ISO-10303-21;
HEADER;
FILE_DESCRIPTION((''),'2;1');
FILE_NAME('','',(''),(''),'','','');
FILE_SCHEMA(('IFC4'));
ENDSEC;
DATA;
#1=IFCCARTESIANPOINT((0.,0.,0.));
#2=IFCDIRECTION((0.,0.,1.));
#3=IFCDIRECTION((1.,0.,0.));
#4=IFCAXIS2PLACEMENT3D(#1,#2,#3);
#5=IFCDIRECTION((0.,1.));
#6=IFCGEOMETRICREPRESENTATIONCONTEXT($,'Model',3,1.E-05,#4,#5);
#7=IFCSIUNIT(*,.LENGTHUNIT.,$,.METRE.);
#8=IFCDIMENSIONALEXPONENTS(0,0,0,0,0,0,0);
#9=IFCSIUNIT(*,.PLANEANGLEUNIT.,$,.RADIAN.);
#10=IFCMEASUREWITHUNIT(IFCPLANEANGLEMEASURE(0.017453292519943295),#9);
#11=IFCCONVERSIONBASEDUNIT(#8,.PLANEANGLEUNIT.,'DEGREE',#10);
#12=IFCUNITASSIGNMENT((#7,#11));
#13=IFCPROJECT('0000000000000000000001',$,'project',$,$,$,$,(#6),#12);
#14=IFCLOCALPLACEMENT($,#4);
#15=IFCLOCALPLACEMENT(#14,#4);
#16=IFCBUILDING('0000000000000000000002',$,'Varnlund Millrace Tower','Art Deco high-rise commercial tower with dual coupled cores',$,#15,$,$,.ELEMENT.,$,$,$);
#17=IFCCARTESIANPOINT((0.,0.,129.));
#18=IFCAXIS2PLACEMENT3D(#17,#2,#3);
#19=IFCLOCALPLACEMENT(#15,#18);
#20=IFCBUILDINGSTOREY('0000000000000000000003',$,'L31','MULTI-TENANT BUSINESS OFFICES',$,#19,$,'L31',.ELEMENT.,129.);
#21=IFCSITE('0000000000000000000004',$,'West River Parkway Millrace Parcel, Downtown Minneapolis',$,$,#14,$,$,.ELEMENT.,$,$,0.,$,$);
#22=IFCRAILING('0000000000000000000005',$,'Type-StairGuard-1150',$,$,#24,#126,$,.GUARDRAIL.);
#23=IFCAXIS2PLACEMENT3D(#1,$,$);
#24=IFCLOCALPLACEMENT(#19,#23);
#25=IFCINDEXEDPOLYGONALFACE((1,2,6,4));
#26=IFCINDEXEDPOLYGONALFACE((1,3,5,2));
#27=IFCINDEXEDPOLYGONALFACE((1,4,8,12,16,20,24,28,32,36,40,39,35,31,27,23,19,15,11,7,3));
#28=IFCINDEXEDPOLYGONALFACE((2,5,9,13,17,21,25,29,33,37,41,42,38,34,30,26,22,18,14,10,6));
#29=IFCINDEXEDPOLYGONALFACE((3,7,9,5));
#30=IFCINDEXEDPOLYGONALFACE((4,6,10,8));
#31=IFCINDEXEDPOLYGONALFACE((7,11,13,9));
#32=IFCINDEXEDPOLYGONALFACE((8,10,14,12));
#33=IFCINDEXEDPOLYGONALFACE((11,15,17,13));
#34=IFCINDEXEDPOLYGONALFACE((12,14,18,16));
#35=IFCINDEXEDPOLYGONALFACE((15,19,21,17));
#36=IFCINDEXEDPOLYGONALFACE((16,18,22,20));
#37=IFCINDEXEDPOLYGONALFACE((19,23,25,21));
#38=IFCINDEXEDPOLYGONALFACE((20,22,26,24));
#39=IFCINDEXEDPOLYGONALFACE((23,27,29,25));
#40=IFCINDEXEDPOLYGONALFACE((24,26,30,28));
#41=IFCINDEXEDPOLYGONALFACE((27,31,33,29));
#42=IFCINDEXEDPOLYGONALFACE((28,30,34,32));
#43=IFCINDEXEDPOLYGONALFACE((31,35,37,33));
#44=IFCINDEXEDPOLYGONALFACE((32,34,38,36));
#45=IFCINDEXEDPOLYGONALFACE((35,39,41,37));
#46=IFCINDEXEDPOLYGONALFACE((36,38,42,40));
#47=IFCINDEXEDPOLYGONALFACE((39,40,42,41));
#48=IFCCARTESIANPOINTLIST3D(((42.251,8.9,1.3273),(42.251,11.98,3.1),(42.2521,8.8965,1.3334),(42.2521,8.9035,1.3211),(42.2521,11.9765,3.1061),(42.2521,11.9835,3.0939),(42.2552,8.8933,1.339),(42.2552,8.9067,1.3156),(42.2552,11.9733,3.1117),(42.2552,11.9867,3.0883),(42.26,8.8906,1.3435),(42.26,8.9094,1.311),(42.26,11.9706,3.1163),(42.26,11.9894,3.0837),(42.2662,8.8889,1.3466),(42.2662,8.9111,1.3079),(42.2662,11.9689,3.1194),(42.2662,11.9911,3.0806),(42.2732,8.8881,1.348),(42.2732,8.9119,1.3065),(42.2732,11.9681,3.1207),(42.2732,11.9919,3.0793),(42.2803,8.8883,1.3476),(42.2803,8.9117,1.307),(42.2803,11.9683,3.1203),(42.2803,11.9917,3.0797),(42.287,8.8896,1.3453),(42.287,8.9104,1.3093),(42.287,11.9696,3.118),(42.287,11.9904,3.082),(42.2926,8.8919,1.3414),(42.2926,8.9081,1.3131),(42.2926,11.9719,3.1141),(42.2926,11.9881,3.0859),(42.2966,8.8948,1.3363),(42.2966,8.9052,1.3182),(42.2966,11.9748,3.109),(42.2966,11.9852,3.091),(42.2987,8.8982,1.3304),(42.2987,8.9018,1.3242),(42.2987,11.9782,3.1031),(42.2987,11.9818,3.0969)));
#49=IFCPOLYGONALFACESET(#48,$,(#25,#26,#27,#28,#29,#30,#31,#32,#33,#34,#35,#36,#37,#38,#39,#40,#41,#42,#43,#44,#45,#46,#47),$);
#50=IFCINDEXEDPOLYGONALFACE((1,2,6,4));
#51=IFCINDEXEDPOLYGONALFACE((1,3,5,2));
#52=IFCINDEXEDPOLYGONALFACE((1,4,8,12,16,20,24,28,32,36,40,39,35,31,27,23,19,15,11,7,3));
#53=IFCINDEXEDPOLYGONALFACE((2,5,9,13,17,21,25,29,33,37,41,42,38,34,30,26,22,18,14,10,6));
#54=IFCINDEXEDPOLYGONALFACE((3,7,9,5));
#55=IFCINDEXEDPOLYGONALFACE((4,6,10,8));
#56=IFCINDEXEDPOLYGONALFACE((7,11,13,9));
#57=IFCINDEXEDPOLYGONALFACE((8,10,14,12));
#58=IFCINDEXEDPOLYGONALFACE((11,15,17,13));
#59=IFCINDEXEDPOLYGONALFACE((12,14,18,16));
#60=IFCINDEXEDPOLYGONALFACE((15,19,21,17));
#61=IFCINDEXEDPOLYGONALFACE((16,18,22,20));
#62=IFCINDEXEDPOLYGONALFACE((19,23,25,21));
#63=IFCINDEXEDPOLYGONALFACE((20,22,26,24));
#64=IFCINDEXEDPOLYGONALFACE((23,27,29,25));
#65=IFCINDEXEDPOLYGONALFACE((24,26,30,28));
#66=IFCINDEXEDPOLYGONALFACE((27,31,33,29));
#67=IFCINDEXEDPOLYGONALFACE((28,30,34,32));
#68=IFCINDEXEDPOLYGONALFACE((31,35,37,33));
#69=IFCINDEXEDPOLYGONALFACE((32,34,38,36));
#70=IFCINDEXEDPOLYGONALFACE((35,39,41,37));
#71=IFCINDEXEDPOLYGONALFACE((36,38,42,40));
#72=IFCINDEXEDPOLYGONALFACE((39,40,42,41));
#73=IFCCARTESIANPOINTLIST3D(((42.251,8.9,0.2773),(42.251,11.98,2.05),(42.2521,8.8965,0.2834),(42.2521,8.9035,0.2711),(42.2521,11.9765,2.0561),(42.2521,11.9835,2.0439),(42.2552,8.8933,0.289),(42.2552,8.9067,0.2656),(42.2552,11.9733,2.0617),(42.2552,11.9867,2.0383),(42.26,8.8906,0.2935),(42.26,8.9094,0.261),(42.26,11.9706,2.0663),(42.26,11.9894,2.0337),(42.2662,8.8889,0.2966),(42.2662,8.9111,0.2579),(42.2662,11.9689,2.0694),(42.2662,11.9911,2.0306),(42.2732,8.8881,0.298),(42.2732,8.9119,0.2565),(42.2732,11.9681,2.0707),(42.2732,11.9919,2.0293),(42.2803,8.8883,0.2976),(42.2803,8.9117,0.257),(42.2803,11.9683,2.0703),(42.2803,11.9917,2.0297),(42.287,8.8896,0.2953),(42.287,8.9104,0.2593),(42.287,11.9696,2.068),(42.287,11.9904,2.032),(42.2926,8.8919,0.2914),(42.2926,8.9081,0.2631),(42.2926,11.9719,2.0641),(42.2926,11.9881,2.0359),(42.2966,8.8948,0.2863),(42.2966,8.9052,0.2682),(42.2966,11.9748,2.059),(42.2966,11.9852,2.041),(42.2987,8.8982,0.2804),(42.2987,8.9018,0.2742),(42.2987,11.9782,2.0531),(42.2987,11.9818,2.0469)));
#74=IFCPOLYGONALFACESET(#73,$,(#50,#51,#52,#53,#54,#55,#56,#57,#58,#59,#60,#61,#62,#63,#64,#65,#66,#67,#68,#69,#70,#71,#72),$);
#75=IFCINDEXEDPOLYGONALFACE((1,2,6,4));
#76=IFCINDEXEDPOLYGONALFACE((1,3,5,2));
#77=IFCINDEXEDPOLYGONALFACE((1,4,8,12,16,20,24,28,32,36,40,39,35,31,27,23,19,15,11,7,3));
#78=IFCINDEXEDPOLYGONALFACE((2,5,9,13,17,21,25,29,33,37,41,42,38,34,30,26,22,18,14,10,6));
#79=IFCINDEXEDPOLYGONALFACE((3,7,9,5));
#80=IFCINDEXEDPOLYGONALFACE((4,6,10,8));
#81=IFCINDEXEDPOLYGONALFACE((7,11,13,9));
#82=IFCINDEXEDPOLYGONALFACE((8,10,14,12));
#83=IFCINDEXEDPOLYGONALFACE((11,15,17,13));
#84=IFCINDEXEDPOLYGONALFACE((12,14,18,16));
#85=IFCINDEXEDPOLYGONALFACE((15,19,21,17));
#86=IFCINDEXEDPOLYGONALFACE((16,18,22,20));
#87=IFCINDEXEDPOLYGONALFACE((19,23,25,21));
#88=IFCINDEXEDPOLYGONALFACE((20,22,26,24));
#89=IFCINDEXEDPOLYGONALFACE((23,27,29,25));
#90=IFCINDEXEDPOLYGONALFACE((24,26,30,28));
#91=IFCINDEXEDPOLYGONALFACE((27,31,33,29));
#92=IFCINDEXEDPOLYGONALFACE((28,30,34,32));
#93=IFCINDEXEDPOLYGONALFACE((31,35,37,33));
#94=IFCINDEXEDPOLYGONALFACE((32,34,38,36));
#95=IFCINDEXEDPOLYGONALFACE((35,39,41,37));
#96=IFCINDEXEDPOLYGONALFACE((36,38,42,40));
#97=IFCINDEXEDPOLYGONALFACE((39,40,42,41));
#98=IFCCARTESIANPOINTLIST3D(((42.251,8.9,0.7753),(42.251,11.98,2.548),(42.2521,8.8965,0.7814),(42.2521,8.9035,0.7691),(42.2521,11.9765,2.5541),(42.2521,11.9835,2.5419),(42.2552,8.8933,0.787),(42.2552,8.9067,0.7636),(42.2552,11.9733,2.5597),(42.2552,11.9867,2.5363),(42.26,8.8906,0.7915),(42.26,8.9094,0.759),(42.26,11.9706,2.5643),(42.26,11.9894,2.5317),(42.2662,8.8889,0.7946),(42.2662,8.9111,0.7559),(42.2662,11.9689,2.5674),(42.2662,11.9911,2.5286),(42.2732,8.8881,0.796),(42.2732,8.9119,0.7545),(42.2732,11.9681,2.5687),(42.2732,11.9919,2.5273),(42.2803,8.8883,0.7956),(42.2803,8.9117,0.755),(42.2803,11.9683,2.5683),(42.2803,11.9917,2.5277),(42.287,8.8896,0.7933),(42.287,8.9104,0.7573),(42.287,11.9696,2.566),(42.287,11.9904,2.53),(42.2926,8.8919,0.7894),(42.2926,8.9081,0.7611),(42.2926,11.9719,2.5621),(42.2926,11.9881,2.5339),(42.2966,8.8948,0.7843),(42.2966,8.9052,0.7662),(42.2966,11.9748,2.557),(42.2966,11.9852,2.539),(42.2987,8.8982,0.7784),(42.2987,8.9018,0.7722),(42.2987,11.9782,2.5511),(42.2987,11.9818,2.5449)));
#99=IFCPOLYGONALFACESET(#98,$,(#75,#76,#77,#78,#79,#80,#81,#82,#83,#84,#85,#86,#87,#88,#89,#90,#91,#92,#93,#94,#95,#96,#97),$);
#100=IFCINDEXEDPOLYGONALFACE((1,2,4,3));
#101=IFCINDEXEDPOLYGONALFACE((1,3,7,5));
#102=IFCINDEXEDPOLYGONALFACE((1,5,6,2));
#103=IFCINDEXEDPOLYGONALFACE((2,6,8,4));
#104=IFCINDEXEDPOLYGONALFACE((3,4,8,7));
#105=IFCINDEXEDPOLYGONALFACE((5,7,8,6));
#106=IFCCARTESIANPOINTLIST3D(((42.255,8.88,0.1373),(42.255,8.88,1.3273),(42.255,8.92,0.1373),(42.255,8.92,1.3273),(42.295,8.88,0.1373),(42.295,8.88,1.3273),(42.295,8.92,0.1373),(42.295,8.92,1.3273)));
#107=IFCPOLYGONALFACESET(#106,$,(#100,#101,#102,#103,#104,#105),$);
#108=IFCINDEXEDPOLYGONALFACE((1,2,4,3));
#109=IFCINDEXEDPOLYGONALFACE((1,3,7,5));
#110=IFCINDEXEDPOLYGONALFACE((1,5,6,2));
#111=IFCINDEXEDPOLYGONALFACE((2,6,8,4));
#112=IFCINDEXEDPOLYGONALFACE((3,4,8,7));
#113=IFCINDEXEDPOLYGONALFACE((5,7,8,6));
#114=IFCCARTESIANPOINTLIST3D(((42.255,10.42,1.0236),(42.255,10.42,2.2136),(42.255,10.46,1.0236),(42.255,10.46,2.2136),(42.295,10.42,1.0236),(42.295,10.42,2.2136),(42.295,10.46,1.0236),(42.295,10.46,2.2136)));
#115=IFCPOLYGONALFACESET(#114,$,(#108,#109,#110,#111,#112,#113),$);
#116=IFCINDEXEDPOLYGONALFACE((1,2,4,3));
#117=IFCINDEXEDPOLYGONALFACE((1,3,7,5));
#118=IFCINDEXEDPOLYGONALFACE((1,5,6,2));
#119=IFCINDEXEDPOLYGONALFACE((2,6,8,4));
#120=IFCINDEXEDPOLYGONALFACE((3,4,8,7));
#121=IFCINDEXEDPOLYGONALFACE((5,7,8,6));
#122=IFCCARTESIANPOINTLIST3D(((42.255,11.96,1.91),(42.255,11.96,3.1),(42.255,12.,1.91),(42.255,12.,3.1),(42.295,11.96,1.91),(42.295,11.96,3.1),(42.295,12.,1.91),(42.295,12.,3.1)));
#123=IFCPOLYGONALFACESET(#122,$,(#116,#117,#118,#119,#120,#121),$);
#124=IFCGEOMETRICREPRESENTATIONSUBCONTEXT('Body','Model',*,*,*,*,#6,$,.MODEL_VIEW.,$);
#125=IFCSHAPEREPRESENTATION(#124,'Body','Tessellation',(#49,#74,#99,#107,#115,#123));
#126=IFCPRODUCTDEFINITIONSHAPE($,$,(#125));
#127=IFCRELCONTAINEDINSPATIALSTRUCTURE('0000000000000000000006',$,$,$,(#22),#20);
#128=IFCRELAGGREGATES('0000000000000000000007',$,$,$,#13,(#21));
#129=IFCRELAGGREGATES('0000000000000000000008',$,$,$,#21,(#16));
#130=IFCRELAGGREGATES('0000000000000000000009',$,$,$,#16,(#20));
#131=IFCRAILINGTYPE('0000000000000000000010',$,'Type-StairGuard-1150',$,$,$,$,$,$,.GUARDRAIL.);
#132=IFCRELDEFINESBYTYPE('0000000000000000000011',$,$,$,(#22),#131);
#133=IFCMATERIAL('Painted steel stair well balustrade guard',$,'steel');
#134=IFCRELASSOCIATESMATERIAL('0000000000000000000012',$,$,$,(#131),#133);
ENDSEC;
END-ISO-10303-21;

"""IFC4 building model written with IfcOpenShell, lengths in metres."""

from ifc_helpers import new_model, entity, si_unit, converted_unit, direction, frame, origin_with_axes, origin_2d_with_axis, place, context, subcontext, project, spatial, rectangle, circle, extrude, material, type_object, element, save


model = new_model("IFC4")

# Units and contexts
model_context = context("Model", 3, precision=1e-05, world=origin_with_axes(), true_north=direction((0.0, 1.0)))
body_context = subcontext(model_context, "Body", "Model", "MODEL_VIEW")
ifc_project = project(units=[si_unit("LENGTHUNIT", "METRE"), converted_unit("PLANEANGLEUNIT", "DEGREE", entity("IfcPlaneAngleMeasure", 0.017453292519943295), si_unit("PLANEANGLEUNIT", "RADIAN"), dimensions=[0, 0, 0, 0, 0, 0, 0])], contexts=[model_context])

# Site, building, storey
site_placement = place(None, origin_with_axes())
site = spatial("IfcSite", under=ifc_project, at=site_placement, Name="West River Parkway Millrace Parcel, Downtown Minneapolis", CompositionType="ELEMENT", RefElevation=0.0)
building_placement = place(site_placement, origin_with_axes())
building = spatial("IfcBuilding", under=site, at=building_placement, Name="Varnlund Millrace Tower", Description="Art Deco high-rise commercial tower with dual coupled cores", CompositionType="ELEMENT")
storey_placement = place(building_placement, frame((0.0, 0.0, 129.0), z_axis=(0.0, 0.0, 1.0), x_axis=(1.0, 0.0, 0.0)))
storey = spatial("IfcBuildingStorey", under=building, at=storey_placement, Name="L31", Description="MULTI-TENANT BUSINESS OFFICES", LongName="L31", CompositionType="ELEMENT", Elevation=129.0)

# Railing
ifc_material_1 = material(Name="Painted steel stair well balustrade guard", Category="steel")
railing_type_1 = type_object("IfcRailingType", Name="Type-StairGuard-1150", PredefinedType="GUARDRAIL", material=ifc_material_1)
railing_1_placement = place(storey_placement, frame((0.0, 0.0, -129.0), z_axis=(0.0, 0.0, 1.0), x_axis=(1.0, 0.0, 0.0)))
element("IfcRailing", 1, at=railing_1_placement, inside=storey, type_object=railing_type_1, Name="Type-StairGuard-1150", PredefinedType="GUARDRAIL", context=body_context, shape_type="SweptSolid", body=[
    extrude(circle(Radius=0.024, at=origin_2d_with_axis()), frame((42.275, 8.9, 130.3273), z_axis=(0.0, 0.866696, 0.498836), x_axis=(-1.0, 0.0, 0.0)), (0.0, 0.0, 1.0), 3.5537),
    extrude(circle(Radius=0.024, at=origin_2d_with_axis()), frame((42.275, 8.9, 129.2773), z_axis=(0.0, 0.866696, 0.498836), x_axis=(-1.0, 0.0, 0.0)), (0.0, 0.0, 1.0), 3.5537),
    extrude(circle(Radius=0.024, at=origin_2d_with_axis()), frame((42.275, 8.9, 129.7753), z_axis=(0.0, 0.866696, 0.498836), x_axis=(-1.0, 0.0, 0.0)), (0.0, 0.0, 1.0), 3.5537),
    extrude(rectangle(XDim=0.04, YDim=0.04, at=origin_2d_with_axis()), frame((42.275, 8.9, 129.1373), z_axis=(0.0, 0.0, 1.0), x_axis=(1.0, 0.0, 0.0)), (0.0, 0.0, 1.0), 1.19),
    extrude(rectangle(XDim=0.04, YDim=0.04, at=origin_2d_with_axis()), frame((42.275, 10.44, 130.0236), z_axis=(0.0, 0.0, 1.0), x_axis=(1.0, 0.0, 0.0)), (0.0, 0.0, 1.0), 1.19),
    extrude(rectangle(XDim=0.04, YDim=0.04, at=origin_2d_with_axis()), frame((42.275, 11.98, 130.91), z_axis=(0.0, 0.0, 1.0), x_axis=(1.0, 0.0, 0.0)), (0.0, 0.0, 1.0), 1.19),
])

save(model, "model.ifc")
